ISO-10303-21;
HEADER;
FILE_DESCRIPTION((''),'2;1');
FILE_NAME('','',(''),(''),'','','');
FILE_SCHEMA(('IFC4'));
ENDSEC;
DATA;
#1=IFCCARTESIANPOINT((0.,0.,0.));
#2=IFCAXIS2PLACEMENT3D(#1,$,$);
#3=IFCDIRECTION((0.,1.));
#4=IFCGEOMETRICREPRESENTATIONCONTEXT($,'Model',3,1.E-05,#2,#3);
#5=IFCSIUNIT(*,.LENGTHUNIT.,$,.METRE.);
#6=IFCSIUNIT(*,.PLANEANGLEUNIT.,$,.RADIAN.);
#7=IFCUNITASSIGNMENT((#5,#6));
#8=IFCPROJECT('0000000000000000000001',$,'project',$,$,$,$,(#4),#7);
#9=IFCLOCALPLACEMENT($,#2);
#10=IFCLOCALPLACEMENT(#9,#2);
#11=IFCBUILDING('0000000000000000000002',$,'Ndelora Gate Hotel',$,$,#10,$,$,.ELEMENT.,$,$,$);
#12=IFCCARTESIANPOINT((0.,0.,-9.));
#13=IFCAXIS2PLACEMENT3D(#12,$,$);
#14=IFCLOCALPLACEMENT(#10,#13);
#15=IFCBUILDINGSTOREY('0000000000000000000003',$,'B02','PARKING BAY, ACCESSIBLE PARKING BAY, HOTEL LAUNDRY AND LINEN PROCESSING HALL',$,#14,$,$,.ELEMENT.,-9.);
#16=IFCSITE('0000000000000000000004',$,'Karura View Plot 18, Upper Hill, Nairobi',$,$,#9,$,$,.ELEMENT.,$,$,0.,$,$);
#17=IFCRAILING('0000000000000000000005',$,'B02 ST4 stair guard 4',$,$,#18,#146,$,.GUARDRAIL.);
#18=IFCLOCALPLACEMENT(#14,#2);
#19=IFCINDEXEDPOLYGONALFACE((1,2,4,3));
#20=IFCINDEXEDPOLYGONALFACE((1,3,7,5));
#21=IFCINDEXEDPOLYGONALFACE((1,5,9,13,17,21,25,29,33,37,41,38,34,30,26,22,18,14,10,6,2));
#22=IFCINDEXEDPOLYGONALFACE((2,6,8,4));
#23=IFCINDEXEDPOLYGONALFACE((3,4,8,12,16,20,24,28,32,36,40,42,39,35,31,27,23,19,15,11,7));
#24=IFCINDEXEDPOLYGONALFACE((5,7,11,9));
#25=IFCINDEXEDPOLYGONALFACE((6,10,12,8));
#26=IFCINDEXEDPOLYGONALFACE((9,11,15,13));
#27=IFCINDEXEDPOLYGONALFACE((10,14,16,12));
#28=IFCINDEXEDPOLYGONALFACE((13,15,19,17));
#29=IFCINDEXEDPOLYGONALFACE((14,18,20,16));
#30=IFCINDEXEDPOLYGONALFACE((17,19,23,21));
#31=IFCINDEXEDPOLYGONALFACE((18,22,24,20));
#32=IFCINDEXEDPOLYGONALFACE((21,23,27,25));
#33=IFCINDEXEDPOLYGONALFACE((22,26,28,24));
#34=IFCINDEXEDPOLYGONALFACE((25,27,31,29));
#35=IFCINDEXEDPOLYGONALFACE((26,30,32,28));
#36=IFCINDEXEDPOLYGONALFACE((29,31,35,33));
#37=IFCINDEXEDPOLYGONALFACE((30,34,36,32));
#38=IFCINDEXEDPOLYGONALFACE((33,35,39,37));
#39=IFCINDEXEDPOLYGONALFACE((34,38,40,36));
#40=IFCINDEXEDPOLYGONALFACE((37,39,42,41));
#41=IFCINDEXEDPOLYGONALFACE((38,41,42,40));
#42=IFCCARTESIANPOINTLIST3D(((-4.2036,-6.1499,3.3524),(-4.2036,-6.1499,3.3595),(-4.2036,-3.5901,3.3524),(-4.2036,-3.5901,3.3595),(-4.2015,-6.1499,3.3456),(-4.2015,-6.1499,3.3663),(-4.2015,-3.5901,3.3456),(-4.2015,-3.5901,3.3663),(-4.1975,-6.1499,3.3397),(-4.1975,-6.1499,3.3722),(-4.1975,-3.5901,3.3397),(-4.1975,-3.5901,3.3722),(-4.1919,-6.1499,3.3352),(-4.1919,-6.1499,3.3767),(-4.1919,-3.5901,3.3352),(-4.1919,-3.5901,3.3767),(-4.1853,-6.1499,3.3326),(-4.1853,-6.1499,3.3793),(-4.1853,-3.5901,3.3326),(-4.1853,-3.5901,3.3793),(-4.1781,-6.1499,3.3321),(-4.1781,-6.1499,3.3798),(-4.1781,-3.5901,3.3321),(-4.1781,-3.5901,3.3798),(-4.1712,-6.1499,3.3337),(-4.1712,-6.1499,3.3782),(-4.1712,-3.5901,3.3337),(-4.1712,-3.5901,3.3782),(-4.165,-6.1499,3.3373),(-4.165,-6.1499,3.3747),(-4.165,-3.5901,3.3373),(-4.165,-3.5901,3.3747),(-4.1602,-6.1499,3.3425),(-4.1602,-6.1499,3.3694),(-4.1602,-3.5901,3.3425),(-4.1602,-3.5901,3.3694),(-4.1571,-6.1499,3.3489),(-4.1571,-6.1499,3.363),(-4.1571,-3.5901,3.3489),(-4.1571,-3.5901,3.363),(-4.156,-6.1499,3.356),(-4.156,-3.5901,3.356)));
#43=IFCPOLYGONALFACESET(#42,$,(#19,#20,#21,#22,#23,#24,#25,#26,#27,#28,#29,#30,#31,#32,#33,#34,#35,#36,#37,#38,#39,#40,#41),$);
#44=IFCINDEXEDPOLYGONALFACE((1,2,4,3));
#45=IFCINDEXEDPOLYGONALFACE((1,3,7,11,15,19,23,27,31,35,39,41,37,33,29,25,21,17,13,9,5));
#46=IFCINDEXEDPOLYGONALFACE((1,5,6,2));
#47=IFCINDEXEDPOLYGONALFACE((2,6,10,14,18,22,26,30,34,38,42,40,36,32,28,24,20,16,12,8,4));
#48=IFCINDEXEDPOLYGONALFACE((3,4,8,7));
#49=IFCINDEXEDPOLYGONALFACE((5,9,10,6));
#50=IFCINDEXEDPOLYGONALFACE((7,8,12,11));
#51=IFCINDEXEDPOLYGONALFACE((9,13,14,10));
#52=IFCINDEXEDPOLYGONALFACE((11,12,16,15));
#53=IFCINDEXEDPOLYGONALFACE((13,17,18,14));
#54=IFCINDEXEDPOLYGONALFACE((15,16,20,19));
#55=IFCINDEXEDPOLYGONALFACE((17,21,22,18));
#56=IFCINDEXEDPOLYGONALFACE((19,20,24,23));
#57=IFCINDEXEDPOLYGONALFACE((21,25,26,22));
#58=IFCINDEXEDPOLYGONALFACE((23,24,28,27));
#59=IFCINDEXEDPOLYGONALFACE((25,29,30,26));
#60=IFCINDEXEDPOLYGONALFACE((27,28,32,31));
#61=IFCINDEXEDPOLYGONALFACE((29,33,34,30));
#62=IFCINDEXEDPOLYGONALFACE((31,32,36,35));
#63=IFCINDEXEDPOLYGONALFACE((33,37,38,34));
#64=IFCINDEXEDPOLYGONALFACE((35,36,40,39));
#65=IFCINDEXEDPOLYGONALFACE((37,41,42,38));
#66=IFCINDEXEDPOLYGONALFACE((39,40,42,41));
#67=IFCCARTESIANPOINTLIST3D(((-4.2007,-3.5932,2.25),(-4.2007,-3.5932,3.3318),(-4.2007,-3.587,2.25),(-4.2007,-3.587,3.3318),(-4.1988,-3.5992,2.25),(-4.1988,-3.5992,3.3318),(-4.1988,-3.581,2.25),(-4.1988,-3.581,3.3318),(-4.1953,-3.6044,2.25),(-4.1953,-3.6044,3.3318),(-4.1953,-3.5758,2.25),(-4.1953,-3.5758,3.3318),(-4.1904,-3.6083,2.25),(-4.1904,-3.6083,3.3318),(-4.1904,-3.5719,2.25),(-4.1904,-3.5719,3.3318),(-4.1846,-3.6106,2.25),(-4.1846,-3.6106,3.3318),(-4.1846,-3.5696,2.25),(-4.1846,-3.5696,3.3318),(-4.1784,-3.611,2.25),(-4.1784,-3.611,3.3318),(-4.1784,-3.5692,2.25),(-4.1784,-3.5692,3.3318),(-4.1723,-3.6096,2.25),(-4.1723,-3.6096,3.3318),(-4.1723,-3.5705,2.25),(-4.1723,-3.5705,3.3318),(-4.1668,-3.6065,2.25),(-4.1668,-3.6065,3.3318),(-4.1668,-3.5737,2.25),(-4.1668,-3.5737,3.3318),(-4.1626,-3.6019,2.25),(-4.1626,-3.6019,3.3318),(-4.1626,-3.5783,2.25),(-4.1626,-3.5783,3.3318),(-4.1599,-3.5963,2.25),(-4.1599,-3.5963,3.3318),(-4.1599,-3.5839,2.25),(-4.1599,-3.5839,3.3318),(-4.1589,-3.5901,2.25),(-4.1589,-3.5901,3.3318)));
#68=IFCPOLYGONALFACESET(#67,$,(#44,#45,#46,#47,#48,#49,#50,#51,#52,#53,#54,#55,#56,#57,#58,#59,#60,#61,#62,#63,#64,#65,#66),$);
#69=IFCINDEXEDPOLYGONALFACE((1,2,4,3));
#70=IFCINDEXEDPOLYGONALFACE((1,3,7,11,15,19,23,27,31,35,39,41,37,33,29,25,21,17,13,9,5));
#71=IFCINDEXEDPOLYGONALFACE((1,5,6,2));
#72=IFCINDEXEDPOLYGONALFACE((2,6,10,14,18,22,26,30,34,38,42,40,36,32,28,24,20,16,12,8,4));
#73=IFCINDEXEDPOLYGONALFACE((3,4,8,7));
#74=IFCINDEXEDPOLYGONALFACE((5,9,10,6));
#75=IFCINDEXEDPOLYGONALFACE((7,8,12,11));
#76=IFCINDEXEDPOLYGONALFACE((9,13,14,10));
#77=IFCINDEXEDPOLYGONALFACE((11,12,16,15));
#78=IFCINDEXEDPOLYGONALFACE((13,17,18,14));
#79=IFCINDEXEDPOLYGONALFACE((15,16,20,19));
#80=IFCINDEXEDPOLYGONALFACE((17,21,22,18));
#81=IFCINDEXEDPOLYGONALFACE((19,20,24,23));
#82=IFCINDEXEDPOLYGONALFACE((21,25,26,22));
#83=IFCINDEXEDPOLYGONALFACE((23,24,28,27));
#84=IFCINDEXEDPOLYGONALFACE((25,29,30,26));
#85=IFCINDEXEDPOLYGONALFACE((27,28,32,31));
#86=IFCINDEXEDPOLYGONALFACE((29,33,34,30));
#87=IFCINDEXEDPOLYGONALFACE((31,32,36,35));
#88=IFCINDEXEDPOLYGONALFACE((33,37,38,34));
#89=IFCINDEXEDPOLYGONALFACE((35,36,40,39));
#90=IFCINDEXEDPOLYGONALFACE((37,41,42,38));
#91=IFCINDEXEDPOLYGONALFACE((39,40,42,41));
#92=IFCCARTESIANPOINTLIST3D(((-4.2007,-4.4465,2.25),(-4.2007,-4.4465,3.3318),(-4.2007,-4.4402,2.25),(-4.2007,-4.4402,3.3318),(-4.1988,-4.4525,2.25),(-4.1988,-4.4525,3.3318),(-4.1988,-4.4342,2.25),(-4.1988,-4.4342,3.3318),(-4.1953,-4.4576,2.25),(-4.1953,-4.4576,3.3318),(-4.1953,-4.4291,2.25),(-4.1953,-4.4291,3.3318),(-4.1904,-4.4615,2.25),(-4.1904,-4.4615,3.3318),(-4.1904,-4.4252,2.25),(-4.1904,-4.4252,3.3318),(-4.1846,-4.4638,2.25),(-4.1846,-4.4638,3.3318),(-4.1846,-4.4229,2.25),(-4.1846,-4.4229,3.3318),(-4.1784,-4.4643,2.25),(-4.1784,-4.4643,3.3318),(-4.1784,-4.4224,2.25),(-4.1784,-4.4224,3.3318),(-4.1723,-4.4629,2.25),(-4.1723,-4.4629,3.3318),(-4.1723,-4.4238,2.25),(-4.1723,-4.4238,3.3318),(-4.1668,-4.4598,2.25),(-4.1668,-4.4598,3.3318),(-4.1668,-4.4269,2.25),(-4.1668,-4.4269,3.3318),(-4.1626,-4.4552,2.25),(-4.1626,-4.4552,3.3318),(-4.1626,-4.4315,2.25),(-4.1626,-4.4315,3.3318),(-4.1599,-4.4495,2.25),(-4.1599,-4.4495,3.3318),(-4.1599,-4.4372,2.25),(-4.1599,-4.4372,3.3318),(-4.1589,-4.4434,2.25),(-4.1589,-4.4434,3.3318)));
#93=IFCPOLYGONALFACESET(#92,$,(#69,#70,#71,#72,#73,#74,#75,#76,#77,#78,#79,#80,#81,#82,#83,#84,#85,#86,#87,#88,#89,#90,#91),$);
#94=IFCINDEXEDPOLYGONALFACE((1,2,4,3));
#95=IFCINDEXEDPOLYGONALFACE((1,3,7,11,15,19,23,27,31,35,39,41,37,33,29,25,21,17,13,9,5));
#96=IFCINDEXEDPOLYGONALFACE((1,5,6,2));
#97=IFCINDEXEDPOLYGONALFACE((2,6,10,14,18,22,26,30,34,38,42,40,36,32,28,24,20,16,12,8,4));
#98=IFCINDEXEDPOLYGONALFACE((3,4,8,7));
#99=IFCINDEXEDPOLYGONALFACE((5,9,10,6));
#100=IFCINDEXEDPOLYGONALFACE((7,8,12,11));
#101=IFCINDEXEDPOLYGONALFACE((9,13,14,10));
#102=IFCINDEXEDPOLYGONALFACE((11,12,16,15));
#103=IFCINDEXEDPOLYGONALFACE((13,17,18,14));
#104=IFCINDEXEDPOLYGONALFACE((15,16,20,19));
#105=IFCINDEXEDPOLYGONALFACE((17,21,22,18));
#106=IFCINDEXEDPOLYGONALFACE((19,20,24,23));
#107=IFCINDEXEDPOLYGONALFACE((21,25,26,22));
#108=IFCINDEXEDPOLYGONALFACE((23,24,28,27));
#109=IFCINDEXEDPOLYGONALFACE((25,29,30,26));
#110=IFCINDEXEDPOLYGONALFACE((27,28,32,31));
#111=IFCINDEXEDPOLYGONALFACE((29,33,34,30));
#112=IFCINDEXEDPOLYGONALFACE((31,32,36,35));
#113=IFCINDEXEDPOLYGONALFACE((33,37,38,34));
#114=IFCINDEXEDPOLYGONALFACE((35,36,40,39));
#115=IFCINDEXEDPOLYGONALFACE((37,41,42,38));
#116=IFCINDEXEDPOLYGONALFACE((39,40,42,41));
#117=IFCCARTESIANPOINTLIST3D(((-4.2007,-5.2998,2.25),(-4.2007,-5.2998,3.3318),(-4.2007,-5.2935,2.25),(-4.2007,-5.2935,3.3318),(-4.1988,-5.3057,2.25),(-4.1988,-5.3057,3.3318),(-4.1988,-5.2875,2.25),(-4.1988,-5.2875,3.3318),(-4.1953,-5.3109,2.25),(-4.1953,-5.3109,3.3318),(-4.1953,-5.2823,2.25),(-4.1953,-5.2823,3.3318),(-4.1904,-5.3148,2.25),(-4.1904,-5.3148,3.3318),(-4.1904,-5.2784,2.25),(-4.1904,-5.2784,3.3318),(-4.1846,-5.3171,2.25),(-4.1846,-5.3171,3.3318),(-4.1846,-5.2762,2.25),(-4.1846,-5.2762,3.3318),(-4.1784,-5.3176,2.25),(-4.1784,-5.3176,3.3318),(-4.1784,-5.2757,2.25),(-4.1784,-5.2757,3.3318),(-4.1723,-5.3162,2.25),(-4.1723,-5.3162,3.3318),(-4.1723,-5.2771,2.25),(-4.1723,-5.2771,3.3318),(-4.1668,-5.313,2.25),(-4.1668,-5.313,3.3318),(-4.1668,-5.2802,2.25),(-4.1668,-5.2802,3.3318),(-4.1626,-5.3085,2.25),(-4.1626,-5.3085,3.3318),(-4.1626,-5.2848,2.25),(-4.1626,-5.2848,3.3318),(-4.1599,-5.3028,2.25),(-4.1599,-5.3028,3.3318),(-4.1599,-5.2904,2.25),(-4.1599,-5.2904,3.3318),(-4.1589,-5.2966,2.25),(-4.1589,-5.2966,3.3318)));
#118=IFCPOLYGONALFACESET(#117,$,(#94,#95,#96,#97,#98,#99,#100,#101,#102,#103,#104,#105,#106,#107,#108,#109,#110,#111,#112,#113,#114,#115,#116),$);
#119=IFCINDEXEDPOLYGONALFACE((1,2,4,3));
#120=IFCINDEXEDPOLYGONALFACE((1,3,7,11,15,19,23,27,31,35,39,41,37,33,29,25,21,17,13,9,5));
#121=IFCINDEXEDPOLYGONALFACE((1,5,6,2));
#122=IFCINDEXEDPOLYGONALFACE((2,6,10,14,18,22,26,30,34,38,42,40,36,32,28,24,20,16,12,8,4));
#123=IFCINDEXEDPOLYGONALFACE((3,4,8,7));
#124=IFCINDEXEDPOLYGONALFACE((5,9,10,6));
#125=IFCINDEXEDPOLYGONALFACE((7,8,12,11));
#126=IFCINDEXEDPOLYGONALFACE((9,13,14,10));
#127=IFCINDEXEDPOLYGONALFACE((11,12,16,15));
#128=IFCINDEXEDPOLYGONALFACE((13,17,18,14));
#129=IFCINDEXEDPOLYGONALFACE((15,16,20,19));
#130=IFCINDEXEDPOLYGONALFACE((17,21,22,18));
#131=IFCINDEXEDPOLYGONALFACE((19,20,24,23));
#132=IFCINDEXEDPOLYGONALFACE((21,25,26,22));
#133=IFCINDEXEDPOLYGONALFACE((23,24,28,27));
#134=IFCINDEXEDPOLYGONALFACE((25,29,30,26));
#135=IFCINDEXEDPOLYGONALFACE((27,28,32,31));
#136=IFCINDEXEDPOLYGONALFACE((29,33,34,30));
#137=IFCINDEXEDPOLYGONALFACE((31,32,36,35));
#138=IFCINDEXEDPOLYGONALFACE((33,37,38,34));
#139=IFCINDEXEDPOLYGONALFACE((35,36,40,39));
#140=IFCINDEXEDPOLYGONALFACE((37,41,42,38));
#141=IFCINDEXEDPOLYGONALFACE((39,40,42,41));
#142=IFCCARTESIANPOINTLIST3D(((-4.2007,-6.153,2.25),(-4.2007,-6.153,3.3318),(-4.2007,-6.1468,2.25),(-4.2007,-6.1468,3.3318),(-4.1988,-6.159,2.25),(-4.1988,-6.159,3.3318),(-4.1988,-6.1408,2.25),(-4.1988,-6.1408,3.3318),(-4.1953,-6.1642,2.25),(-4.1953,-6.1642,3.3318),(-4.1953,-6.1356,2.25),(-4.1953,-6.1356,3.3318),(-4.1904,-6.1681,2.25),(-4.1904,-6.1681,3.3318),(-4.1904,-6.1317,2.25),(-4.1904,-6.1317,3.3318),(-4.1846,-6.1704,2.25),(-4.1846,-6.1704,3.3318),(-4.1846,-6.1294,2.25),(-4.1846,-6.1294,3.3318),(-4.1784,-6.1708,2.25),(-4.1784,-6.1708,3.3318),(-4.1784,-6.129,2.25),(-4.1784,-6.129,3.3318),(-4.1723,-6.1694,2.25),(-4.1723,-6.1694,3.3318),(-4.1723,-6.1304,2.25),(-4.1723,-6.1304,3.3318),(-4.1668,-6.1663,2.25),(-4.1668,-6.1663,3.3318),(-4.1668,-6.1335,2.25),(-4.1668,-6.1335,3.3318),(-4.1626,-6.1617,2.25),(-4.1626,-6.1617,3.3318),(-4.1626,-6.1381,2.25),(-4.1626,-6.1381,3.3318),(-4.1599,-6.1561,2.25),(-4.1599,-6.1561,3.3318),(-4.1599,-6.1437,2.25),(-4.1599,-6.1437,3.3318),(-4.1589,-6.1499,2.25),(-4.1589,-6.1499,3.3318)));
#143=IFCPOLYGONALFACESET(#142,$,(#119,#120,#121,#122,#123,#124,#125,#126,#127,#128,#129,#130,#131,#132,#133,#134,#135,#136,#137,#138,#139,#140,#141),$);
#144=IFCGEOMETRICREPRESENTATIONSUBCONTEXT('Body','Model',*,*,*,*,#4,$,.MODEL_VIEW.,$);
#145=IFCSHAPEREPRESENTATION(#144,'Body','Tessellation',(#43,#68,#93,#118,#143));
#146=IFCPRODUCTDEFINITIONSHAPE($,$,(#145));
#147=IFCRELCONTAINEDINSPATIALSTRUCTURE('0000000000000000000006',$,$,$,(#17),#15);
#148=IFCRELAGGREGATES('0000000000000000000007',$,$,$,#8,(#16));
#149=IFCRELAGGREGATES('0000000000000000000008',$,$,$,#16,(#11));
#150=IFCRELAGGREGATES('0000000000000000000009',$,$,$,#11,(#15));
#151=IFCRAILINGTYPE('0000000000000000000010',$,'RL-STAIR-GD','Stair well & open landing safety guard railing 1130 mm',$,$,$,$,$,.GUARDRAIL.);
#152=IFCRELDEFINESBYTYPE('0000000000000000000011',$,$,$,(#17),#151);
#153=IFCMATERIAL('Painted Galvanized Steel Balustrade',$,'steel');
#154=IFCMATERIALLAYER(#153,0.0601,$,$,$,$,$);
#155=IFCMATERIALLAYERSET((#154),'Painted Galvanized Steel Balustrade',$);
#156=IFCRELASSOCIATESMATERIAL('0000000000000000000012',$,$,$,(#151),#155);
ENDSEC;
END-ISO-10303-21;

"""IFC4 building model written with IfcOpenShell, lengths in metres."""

from ifc_helpers import new_model, si_unit, direction, frame, origin, origin_2d, place, context, subcontext, project, spatial, circle, extrude, material, layer, layer_set, type_object, element, save


model = new_model("IFC4")

# Units and contexts
model_context = context("Model", 3, precision=1e-05, world=origin(), true_north=direction((0.0, 1.0)))
body_context = subcontext(model_context, "Body", "Model", "MODEL_VIEW")
ifc_project = project(units=[si_unit("LENGTHUNIT", "METRE"), si_unit("PLANEANGLEUNIT", "RADIAN")], contexts=[model_context])

# Site, building, storey
site_placement = place(None, origin())
site = spatial("IfcSite", under=ifc_project, at=site_placement, Name="Karura View Plot 18, Upper Hill, Nairobi", CompositionType="ELEMENT", RefElevation=0.0)
building_placement = place(site_placement, origin())
building = spatial("IfcBuilding", under=site, at=building_placement, Name="Ndelora Gate Hotel", CompositionType="ELEMENT")
storey_placement = place(building_placement, frame((0.0, 0.0, -9.0)))
storey = spatial("IfcBuildingStorey", under=building, at=storey_placement, Name="B02", Description="PARKING BAY, ACCESSIBLE PARKING BAY, HOTEL LAUNDRY AND LINEN PROCESSING HALL", CompositionType="ELEMENT", Elevation=-9.0)

# Railing
ifc_material_1 = material(Name="Painted Galvanized Steel Balustrade", Category="steel")
ifc_layer_1 = layer(ifc_material_1, 0.0601)
ifc_layer_set_1 = layer_set([ifc_layer_1], Name="Painted Galvanized Steel Balustrade")
railing_type_1 = type_object("IfcRailingType", Name="RL-STAIR-GD", Description="Stair well & open landing safety guard railing 1130 mm", PredefinedType="GUARDRAIL", material=ifc_layer_set_1)
for number, where, name in (
    (1, (-4.1799, -3.5901, 2.25), "B02 ST4 stair guard 4"),
):
    element("IfcRailing", number, at=place(storey_placement, frame(where)), inside=storey, type_object=railing_type_1, Name=name, PredefinedType="GUARDRAIL", context=body_context, shape_type="SweptSolid", body=[
        extrude(circle(Radius=0.0239, at=origin_2d()), frame((0.0, 0.0, 1.106), z_axis=(0.0, -1.0, 0.0), x_axis=(1.0, 0.0, 0.0)), (0.0, 0.0, 1.0), 2.5598),
        extrude(circle(Radius=0.021, at=origin_2d()), origin(), (0.0, 0.0, 1.0), 1.0818),
        extrude(circle(Radius=0.021, at=origin_2d()), frame((0.0, -0.8533, 0.0)), (0.0, 0.0, 1.0), 1.0818),
        extrude(circle(Radius=0.021, at=origin_2d()), frame((0.0, -1.7065, 0.0)), (0.0, 0.0, 1.0), 1.0818),
        extrude(circle(Radius=0.021, at=origin_2d()), frame((0.0, -2.5598, 0.0)), (0.0, 0.0, 1.0), 1.0818),
    ])

save(model, "model.ifc")
